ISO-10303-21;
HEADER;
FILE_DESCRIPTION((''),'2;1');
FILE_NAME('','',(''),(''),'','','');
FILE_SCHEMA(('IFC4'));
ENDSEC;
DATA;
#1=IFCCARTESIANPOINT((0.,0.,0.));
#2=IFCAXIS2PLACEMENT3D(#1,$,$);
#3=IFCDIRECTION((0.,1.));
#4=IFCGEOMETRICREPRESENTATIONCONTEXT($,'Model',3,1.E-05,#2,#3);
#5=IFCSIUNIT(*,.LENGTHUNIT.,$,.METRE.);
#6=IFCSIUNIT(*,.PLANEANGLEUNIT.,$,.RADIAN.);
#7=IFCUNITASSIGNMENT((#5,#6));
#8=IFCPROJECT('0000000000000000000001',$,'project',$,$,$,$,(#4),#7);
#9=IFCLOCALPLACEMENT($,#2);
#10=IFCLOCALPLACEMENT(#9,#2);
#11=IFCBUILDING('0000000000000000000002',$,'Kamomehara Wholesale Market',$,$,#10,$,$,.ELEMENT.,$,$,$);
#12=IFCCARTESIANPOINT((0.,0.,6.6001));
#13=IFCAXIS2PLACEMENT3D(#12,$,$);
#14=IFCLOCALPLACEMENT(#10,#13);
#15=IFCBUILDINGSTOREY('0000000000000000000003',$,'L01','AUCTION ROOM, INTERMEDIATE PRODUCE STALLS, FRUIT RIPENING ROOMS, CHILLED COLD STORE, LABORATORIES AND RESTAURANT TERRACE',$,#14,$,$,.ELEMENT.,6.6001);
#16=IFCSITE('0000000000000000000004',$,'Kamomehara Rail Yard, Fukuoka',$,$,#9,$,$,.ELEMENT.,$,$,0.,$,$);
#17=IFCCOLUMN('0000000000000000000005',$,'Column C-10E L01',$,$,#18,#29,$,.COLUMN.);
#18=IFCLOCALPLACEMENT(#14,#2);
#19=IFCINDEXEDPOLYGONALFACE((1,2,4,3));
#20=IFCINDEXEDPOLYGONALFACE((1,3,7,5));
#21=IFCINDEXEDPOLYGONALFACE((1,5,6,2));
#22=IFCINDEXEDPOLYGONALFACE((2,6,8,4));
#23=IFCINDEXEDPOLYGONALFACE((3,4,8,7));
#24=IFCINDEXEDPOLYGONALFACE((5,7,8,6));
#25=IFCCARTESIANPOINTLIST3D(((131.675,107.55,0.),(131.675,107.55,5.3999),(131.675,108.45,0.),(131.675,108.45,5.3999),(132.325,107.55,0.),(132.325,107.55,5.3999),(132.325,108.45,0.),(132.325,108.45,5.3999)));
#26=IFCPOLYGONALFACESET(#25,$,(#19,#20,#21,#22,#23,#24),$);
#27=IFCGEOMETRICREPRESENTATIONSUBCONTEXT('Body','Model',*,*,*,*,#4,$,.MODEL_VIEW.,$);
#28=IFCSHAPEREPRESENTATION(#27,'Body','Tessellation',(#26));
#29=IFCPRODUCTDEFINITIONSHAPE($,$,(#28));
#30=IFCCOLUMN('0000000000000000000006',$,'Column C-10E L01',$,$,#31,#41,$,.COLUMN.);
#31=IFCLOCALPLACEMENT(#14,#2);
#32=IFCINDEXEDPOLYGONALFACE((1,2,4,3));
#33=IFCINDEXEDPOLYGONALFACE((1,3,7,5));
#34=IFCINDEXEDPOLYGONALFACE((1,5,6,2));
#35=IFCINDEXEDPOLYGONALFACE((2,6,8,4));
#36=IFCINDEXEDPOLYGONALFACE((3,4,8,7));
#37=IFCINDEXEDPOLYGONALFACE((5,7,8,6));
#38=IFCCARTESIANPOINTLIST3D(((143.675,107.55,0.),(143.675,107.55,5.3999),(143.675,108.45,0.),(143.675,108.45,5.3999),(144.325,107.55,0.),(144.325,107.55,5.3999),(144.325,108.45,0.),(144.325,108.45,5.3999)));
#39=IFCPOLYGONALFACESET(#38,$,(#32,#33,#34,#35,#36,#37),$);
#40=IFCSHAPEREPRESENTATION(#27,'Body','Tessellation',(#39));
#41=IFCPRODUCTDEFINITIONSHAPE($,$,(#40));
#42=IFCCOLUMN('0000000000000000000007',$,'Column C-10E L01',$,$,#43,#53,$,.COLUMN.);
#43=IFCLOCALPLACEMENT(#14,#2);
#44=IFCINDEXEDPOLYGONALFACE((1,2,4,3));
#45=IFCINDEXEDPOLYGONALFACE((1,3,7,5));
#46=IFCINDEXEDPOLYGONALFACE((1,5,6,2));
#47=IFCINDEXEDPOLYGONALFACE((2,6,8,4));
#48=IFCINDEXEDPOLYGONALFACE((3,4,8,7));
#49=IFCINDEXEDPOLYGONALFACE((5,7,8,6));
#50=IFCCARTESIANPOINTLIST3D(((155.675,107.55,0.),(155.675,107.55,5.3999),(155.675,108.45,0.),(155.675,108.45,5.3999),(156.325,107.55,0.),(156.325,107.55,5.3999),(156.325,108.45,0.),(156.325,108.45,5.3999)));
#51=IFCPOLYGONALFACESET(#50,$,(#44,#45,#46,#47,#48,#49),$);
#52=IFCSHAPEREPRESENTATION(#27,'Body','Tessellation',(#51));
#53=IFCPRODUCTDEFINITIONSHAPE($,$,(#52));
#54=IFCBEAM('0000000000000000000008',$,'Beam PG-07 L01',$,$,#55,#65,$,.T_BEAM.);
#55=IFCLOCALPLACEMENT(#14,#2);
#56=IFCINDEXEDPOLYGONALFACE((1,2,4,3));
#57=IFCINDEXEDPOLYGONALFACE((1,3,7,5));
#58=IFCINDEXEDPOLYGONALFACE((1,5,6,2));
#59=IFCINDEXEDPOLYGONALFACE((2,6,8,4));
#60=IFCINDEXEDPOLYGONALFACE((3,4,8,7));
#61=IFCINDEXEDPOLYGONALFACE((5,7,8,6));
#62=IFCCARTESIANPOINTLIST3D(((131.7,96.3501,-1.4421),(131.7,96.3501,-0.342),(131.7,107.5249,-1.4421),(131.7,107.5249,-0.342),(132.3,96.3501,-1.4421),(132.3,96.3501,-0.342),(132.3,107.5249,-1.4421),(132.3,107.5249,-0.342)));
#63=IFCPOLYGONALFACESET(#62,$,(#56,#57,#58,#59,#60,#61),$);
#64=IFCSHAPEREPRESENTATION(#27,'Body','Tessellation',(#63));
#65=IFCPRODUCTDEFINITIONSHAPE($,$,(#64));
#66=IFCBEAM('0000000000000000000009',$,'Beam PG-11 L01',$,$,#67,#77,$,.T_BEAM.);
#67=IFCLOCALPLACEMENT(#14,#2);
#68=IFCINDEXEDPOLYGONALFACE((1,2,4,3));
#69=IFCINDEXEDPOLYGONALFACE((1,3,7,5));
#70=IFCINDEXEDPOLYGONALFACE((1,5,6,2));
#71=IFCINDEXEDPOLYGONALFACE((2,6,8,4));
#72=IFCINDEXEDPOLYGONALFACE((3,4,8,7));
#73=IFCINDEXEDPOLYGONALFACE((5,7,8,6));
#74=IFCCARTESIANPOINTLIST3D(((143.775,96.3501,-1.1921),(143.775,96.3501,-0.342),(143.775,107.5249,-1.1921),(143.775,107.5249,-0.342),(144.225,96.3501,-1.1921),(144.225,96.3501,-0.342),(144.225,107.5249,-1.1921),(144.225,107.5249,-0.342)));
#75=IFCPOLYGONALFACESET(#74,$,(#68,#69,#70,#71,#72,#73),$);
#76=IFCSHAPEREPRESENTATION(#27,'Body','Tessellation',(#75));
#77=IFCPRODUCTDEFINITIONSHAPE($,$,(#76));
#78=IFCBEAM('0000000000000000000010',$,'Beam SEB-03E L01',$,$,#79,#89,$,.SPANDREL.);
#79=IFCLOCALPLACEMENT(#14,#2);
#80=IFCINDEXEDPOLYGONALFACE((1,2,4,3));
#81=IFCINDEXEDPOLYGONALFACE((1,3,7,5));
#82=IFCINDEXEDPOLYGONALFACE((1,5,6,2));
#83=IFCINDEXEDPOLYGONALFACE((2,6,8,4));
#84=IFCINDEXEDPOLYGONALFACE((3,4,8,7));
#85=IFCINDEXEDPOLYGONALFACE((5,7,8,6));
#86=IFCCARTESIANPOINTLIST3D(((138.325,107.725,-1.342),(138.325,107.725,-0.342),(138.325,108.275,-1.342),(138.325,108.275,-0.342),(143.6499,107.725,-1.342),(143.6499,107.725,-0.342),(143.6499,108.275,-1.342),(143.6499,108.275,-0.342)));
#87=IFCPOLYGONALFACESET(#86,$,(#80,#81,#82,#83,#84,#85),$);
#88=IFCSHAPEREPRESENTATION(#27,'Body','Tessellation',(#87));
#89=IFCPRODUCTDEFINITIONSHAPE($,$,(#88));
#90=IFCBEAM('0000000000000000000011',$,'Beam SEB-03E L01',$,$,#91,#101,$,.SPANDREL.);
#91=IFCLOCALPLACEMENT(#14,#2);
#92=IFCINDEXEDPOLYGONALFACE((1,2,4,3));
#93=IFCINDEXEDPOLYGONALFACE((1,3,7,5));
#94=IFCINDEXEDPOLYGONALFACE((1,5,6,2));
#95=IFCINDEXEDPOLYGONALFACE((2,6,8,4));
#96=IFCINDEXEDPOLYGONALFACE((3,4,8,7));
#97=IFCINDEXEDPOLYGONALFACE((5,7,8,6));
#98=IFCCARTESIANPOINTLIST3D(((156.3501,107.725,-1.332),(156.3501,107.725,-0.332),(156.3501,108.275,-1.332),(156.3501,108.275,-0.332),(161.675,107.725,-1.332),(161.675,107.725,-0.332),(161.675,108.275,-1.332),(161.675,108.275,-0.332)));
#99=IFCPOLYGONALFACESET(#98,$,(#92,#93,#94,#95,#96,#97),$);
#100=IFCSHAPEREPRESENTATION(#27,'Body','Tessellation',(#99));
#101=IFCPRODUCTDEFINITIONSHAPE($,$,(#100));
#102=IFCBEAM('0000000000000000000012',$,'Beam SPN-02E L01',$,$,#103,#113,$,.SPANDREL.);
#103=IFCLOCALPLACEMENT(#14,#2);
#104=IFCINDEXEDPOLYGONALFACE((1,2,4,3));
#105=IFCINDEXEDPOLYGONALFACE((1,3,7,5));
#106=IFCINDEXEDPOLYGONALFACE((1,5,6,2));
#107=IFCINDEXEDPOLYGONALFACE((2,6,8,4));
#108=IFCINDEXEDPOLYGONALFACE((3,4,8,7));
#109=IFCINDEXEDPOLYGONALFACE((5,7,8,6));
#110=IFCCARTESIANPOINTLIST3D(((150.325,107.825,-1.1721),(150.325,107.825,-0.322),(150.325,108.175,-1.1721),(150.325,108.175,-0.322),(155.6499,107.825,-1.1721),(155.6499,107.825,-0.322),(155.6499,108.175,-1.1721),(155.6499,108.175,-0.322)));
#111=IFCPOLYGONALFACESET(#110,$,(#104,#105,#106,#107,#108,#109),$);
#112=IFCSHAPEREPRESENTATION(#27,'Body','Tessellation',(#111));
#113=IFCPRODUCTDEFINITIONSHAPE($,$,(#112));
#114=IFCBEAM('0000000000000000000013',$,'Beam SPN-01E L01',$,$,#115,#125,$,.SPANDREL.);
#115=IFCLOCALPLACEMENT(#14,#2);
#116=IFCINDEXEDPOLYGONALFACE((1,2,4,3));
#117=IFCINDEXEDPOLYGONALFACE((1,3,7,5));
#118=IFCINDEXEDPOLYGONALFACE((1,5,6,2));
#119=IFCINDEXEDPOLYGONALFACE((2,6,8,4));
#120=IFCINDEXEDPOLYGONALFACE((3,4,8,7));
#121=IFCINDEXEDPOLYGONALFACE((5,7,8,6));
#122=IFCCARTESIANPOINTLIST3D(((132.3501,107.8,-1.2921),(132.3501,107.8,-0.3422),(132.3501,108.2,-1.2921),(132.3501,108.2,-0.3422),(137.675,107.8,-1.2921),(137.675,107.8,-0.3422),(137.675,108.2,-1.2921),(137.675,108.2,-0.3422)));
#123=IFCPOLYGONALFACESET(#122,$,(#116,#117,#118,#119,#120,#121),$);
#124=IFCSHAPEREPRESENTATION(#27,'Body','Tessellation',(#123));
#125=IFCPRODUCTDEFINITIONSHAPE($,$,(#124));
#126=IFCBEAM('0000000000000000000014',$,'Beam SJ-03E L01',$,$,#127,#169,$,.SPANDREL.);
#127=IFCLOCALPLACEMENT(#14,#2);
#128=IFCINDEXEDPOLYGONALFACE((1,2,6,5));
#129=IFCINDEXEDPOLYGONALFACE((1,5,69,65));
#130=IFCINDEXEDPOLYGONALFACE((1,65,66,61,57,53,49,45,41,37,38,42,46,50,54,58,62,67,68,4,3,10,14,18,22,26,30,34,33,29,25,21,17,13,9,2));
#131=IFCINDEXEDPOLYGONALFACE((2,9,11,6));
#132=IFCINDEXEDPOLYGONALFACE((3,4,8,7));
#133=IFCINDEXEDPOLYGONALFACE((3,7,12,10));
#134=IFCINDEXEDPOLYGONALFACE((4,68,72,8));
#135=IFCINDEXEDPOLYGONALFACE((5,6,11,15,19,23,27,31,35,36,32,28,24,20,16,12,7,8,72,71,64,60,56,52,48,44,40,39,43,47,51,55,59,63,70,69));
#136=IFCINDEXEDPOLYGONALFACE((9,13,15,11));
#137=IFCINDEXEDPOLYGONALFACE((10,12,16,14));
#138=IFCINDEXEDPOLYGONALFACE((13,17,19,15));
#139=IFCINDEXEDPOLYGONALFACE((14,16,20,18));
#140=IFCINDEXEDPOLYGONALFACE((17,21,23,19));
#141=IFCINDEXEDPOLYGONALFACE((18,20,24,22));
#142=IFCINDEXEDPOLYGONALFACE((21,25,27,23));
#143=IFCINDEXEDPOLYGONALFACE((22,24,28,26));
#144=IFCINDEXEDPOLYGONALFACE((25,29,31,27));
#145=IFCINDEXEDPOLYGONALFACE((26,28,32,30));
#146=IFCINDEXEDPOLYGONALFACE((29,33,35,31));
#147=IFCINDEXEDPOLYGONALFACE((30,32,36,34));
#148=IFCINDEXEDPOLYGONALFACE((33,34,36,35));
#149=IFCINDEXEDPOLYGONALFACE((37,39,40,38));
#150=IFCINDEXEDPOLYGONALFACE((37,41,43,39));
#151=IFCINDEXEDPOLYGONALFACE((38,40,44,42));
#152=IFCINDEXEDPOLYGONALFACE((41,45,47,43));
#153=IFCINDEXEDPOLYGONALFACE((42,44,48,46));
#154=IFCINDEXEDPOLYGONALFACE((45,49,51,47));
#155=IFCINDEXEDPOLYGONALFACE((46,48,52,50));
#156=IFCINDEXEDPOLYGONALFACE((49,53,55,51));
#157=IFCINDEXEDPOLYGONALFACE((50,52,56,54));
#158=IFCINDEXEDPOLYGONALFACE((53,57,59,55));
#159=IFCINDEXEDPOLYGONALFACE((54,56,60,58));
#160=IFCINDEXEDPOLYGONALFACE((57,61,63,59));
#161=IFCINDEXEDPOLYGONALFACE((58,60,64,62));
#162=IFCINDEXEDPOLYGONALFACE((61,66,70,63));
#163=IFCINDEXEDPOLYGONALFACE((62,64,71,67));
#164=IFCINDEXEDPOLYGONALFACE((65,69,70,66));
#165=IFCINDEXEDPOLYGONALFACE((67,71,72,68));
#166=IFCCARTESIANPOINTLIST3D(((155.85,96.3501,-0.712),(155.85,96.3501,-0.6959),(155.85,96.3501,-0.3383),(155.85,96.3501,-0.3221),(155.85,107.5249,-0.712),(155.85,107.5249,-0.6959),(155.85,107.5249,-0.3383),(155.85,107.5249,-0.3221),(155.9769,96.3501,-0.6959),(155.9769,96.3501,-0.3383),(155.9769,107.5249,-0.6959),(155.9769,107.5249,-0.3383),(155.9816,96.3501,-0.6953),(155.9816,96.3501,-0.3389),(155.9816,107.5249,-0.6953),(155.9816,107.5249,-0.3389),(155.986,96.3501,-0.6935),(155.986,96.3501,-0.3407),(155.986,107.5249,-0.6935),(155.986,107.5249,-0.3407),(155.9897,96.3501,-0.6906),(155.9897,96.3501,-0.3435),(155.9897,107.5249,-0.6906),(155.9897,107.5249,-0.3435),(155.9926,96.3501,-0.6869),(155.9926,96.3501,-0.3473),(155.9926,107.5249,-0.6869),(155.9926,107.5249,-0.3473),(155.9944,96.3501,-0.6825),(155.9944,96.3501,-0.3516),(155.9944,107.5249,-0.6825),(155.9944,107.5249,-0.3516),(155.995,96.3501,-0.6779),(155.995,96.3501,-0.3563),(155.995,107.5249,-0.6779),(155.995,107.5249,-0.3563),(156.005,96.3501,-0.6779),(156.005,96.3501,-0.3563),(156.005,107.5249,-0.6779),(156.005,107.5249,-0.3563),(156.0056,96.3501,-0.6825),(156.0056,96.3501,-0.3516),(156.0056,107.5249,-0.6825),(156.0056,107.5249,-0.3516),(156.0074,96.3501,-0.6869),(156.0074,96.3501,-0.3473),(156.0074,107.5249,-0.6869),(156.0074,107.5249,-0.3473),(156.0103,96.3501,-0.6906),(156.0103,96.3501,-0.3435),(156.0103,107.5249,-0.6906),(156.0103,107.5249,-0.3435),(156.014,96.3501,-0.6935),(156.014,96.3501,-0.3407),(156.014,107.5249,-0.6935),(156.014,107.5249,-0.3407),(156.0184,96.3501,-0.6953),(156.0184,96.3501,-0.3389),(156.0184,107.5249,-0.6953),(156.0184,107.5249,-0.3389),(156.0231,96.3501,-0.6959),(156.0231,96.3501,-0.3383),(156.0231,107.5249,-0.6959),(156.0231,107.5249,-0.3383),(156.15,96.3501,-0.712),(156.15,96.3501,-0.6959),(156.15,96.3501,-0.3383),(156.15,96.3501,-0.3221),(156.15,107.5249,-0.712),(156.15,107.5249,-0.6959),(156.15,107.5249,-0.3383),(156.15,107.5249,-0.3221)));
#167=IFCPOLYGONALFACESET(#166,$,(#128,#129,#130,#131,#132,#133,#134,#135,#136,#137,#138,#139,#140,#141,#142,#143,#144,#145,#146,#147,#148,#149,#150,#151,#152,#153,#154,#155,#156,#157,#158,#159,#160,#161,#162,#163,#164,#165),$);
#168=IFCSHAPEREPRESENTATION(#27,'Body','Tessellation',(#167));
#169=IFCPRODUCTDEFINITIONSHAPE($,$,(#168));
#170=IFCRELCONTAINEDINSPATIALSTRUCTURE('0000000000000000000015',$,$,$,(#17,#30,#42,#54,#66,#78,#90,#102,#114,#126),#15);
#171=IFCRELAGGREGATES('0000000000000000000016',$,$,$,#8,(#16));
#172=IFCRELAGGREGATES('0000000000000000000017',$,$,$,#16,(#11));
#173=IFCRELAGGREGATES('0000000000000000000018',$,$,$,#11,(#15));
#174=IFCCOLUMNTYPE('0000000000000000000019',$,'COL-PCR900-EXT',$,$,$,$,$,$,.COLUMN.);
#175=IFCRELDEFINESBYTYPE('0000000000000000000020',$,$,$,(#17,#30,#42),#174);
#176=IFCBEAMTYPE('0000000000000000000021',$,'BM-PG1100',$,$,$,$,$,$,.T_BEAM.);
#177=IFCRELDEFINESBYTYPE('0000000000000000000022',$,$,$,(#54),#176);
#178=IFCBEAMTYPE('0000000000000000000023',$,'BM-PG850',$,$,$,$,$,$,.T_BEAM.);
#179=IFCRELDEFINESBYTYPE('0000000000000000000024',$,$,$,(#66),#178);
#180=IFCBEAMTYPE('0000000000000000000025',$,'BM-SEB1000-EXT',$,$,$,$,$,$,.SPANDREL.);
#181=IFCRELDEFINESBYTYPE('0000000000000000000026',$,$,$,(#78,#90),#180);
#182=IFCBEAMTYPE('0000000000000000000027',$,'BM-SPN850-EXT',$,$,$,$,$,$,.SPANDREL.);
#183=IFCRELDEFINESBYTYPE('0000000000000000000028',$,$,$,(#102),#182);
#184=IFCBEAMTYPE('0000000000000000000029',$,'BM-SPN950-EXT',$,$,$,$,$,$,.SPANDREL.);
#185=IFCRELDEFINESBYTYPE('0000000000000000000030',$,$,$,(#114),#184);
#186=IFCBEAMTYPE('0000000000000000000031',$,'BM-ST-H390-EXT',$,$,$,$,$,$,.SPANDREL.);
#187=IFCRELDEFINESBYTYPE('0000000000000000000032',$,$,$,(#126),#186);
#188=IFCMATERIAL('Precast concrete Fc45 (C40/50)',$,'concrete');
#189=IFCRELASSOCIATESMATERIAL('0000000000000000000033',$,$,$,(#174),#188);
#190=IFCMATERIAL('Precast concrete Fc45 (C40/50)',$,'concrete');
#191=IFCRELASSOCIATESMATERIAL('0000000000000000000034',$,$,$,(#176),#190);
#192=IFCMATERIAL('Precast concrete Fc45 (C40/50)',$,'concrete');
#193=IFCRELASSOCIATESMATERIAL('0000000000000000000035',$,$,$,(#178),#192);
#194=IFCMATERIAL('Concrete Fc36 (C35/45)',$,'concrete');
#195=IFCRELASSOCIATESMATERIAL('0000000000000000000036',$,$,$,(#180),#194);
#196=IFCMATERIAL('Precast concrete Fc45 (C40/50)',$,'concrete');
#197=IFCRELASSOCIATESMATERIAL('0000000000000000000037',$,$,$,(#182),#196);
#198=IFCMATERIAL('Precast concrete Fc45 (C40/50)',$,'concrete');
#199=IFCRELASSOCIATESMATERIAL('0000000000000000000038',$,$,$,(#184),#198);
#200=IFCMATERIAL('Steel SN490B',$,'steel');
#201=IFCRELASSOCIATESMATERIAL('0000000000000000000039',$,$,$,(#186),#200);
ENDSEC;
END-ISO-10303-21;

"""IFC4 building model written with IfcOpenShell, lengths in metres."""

from ifc_helpers import new_model, si_unit, direction, frame, origin, origin_2d, place, context, subcontext, project, spatial, rectangle, i_section, extrude, material, material_profile, profile_set, type_object, element, save


model = new_model("IFC4")

# Units and contexts
model_context = context("Model", 3, precision=1e-05, world=origin(), true_north=direction((0.0, 1.0)))
body_context = subcontext(model_context, "Body", "Model", "MODEL_VIEW")
ifc_project = project(units=[si_unit("LENGTHUNIT", "METRE"), si_unit("PLANEANGLEUNIT", "RADIAN")], contexts=[model_context])

# Site, building, storey
site_placement = place(None, origin())
site = spatial("IfcSite", under=ifc_project, at=site_placement, Name="Kamomehara Rail Yard, Fukuoka", CompositionType="ELEMENT", RefElevation=0.0)
building_placement = place(site_placement, origin())
building = spatial("IfcBuilding", under=site, at=building_placement, Name="Kamomehara Wholesale Market", CompositionType="ELEMENT")
storey_placement = place(building_placement, frame((0.0, 0.0, 6.6001)))
storey = spatial("IfcBuildingStorey", under=building, at=storey_placement, Name="L01", Description="AUCTION ROOM, INTERMEDIATE PRODUCE STALLS, FRUIT RIPENING ROOMS, CHILLED COLD STORE, LABORATORIES AND RESTAURANT TERRACE", CompositionType="ELEMENT", Elevation=6.6001)

# Columns
ifc_material_1 = material(Name="Precast concrete Fc45 (C40/50)", Category="concrete")
ifc_material_profile_1 = material_profile(ifc_material_1, rectangle(XDim=0.6499, YDim=0.8999, at=origin_2d()), Name="PC-COL-650x900")
ifc_profile_set_1 = profile_set([ifc_material_profile_1], Name="Precast concrete Fc45 (C40/50)")
column_type = type_object("IfcColumnType", Name="COL-PCR900-EXT", PredefinedType="COLUMN", material=ifc_profile_set_1)
for number, where, z_axis, x_axis, name in (
    (1, (132.0, 108.0, 0.0), (0.0, 0.0, 1.0), (1.0, 0.0, 0.0), "Column C-10E L01"),
    (2, (144.0, 108.0, 0.0), (0.0, 0.0, 1.0), (1.0, 0.0, 0.0), "Column C-10E L01"),
    (3, (156.0, 108.0, 0.0), (0.0, 0.0, 1.0), (1.0, 0.0, 0.0), "Column C-10E L01"),
):
    element("IfcColumn", number, at=place(storey_placement, frame(where, z_axis=z_axis, x_axis=x_axis)), inside=storey, type_object=column_type, Name=name, PredefinedType="COLUMN", context=body_context, shape_type="SweptSolid", body=[
        extrude(rectangle(XDim=0.6499, YDim=0.8999, at=origin_2d()), origin(), (0.0, 0.0, 1.0), 5.3999),
    ])

# Beams
ifc_material_2 = material(Name="Precast concrete Fc45 (C40/50)", Category="concrete")
ifc_material_profile_2 = material_profile(ifc_material_2, rectangle(XDim=0.6001, YDim=1.1001, at=origin_2d()), Name="PC-GRD-600x1100")
ifc_profile_set_2 = profile_set([ifc_material_profile_2], Name="Precast concrete Fc45 (C40/50)")
beam_type_1 = type_object("IfcBeamType", Name="BM-PG1100", PredefinedType="T_BEAM", material=ifc_profile_set_2)
beam_1_placement = place(storey_placement, frame((132.0, 96.3501, -0.8921), z_axis=(0.0, 1.0, 0.0), x_axis=(-1.0, 0.0, 0.0)))
element("IfcBeam", 4, at=beam_1_placement, inside=storey, type_object=beam_type_1, Name="Beam PG-07 L01", PredefinedType="T_BEAM", context=body_context, shape_type="SweptSolid", body=[
    extrude(rectangle(XDim=0.6001, YDim=1.1001, at=origin_2d()), origin(), (0.0, 0.0, 1.0), 11.1748),
])
ifc_material_3 = material(Name="Precast concrete Fc45 (C40/50)", Category="concrete")
ifc_material_profile_3 = material_profile(ifc_material_3, rectangle(XDim=0.45, YDim=0.8501, at=origin_2d()), Name="PC-GRD-450x850")
ifc_profile_set_3 = profile_set([ifc_material_profile_3], Name="Precast concrete Fc45 (C40/50)")
beam_type_2 = type_object("IfcBeamType", Name="BM-PG850", PredefinedType="T_BEAM", material=ifc_profile_set_3)
beam_2_placement = place(storey_placement, frame((144.0, 96.3501, -0.7671), z_axis=(0.0, 1.0, 0.0), x_axis=(-1.0, 0.0, 0.0)))
element("IfcBeam", 5, at=beam_2_placement, inside=storey, type_object=beam_type_2, Name="Beam PG-11 L01", PredefinedType="T_BEAM", context=body_context, shape_type="SweptSolid", body=[
    extrude(rectangle(XDim=0.45, YDim=0.8501, at=origin_2d()), origin(), (0.0, 0.0, 1.0), 11.1748),
])
ifc_material_4 = material(Name="Concrete Fc36 (C35/45)", Category="concrete")
ifc_material_profile_4 = material_profile(ifc_material_4, rectangle(XDim=0.55, YDim=1.0, at=origin_2d()), Name="RC-SEB-550x1000")
ifc_profile_set_4 = profile_set([ifc_material_profile_4], Name="Concrete Fc36 (C35/45)")
beam_type_3 = type_object("IfcBeamType", Name="BM-SEB1000-EXT", PredefinedType="SPANDREL", material=ifc_profile_set_4)
for number, where, z_axis, x_axis, name in (
    (6, (138.325, 108.0, -0.842), (1.0, 0.0, 0.0), (0.0, 1.0, 0.0), "Beam SEB-03E L01"),
    (7, (156.3501, 108.0, -0.832), (1.0, 0.0, 0.0), (0.0, 1.0, 0.0), "Beam SEB-03E L01"),
):
    element("IfcBeam", number, at=place(storey_placement, frame(where, z_axis=z_axis, x_axis=x_axis)), inside=storey, type_object=beam_type_3, Name=name, PredefinedType="SPANDREL", context=body_context, shape_type="SweptSolid", body=[
        extrude(rectangle(XDim=0.55, YDim=1.0, at=origin_2d()), origin(), (0.0, 0.0, 1.0), 5.325),
    ])
ifc_material_5 = material(Name="Precast concrete Fc45 (C40/50)", Category="concrete")
ifc_material_profile_5 = material_profile(ifc_material_5, rectangle(XDim=0.3501, YDim=0.8501, at=origin_2d()), Name="PC-SPN-350x850")
ifc_profile_set_5 = profile_set([ifc_material_profile_5], Name="Precast concrete Fc45 (C40/50)")
beam_type_4 = type_object("IfcBeamType", Name="BM-SPN850-EXT", PredefinedType="SPANDREL", material=ifc_profile_set_5)
beam_3_placement = place(storey_placement, frame((150.325, 108.0, -0.7471), z_axis=(1.0, 0.0, 0.0), x_axis=(0.0, 1.0, 0.0)))
element("IfcBeam", 8, at=beam_3_placement, inside=storey, type_object=beam_type_4, Name="Beam SPN-02E L01", PredefinedType="SPANDREL", context=body_context, shape_type="SweptSolid", body=[
    extrude(rectangle(XDim=0.3501, YDim=0.8501, at=origin_2d()), origin(), (0.0, 0.0, 1.0), 5.325),
])
ifc_material_6 = material(Name="Precast concrete Fc45 (C40/50)", Category="concrete")
ifc_material_profile_6 = material_profile(ifc_material_6, rectangle(XDim=0.3999, YDim=0.95, at=origin_2d()), Name="PC-SPN-400x950")
ifc_profile_set_6 = profile_set([ifc_material_profile_6], Name="Precast concrete Fc45 (C40/50)")
beam_type_5 = type_object("IfcBeamType", Name="BM-SPN950-EXT", PredefinedType="SPANDREL", material=ifc_profile_set_6)
beam_4_placement = place(storey_placement, frame((132.3501, 108.0, -0.8171), z_axis=(1.0, 0.0, 0.0), x_axis=(0.0, 1.0, 0.0)))
element("IfcBeam", 9, at=beam_4_placement, inside=storey, type_object=beam_type_5, Name="Beam SPN-01E L01", PredefinedType="SPANDREL", context=body_context, shape_type="SweptSolid", body=[
    extrude(rectangle(XDim=0.3999, YDim=0.95, at=origin_2d()), origin(), (0.0, 0.0, 1.0), 5.325),
])
ifc_material_7 = material(Name="Steel SN490B", Category="steel")
ifc_material_profile_7 = material_profile(ifc_material_7, i_section(OverallWidth=0.3, OverallDepth=0.3899, WebThickness=0.01, FlangeThickness=0.0161, FilletRadius=0.0181, at=origin_2d()), Name="H-390x300x10x16")
ifc_profile_set_7 = profile_set([ifc_material_profile_7], Name="Steel SN490B")
beam_type_6 = type_object("IfcBeamType", Name="BM-ST-H390-EXT", PredefinedType="SPANDREL", material=ifc_profile_set_7)
beam_5_placement = place(storey_placement, frame((156.0, 96.3501, -0.5171), z_axis=(0.0, 1.0, 0.0), x_axis=(-1.0, 0.0, 0.0)))
element("IfcBeam", 10, at=beam_5_placement, inside=storey, type_object=beam_type_6, Name="Beam SJ-03E L01", PredefinedType="SPANDREL", context=body_context, shape_type="SweptSolid", body=[
    extrude(i_section(OverallWidth=0.3, OverallDepth=0.3899, WebThickness=0.01, FlangeThickness=0.0161, FilletRadius=0.0181, at=origin_2d()), origin(), (0.0, 0.0, 1.0), 11.1748),
])

save(model, "model.ifc")
